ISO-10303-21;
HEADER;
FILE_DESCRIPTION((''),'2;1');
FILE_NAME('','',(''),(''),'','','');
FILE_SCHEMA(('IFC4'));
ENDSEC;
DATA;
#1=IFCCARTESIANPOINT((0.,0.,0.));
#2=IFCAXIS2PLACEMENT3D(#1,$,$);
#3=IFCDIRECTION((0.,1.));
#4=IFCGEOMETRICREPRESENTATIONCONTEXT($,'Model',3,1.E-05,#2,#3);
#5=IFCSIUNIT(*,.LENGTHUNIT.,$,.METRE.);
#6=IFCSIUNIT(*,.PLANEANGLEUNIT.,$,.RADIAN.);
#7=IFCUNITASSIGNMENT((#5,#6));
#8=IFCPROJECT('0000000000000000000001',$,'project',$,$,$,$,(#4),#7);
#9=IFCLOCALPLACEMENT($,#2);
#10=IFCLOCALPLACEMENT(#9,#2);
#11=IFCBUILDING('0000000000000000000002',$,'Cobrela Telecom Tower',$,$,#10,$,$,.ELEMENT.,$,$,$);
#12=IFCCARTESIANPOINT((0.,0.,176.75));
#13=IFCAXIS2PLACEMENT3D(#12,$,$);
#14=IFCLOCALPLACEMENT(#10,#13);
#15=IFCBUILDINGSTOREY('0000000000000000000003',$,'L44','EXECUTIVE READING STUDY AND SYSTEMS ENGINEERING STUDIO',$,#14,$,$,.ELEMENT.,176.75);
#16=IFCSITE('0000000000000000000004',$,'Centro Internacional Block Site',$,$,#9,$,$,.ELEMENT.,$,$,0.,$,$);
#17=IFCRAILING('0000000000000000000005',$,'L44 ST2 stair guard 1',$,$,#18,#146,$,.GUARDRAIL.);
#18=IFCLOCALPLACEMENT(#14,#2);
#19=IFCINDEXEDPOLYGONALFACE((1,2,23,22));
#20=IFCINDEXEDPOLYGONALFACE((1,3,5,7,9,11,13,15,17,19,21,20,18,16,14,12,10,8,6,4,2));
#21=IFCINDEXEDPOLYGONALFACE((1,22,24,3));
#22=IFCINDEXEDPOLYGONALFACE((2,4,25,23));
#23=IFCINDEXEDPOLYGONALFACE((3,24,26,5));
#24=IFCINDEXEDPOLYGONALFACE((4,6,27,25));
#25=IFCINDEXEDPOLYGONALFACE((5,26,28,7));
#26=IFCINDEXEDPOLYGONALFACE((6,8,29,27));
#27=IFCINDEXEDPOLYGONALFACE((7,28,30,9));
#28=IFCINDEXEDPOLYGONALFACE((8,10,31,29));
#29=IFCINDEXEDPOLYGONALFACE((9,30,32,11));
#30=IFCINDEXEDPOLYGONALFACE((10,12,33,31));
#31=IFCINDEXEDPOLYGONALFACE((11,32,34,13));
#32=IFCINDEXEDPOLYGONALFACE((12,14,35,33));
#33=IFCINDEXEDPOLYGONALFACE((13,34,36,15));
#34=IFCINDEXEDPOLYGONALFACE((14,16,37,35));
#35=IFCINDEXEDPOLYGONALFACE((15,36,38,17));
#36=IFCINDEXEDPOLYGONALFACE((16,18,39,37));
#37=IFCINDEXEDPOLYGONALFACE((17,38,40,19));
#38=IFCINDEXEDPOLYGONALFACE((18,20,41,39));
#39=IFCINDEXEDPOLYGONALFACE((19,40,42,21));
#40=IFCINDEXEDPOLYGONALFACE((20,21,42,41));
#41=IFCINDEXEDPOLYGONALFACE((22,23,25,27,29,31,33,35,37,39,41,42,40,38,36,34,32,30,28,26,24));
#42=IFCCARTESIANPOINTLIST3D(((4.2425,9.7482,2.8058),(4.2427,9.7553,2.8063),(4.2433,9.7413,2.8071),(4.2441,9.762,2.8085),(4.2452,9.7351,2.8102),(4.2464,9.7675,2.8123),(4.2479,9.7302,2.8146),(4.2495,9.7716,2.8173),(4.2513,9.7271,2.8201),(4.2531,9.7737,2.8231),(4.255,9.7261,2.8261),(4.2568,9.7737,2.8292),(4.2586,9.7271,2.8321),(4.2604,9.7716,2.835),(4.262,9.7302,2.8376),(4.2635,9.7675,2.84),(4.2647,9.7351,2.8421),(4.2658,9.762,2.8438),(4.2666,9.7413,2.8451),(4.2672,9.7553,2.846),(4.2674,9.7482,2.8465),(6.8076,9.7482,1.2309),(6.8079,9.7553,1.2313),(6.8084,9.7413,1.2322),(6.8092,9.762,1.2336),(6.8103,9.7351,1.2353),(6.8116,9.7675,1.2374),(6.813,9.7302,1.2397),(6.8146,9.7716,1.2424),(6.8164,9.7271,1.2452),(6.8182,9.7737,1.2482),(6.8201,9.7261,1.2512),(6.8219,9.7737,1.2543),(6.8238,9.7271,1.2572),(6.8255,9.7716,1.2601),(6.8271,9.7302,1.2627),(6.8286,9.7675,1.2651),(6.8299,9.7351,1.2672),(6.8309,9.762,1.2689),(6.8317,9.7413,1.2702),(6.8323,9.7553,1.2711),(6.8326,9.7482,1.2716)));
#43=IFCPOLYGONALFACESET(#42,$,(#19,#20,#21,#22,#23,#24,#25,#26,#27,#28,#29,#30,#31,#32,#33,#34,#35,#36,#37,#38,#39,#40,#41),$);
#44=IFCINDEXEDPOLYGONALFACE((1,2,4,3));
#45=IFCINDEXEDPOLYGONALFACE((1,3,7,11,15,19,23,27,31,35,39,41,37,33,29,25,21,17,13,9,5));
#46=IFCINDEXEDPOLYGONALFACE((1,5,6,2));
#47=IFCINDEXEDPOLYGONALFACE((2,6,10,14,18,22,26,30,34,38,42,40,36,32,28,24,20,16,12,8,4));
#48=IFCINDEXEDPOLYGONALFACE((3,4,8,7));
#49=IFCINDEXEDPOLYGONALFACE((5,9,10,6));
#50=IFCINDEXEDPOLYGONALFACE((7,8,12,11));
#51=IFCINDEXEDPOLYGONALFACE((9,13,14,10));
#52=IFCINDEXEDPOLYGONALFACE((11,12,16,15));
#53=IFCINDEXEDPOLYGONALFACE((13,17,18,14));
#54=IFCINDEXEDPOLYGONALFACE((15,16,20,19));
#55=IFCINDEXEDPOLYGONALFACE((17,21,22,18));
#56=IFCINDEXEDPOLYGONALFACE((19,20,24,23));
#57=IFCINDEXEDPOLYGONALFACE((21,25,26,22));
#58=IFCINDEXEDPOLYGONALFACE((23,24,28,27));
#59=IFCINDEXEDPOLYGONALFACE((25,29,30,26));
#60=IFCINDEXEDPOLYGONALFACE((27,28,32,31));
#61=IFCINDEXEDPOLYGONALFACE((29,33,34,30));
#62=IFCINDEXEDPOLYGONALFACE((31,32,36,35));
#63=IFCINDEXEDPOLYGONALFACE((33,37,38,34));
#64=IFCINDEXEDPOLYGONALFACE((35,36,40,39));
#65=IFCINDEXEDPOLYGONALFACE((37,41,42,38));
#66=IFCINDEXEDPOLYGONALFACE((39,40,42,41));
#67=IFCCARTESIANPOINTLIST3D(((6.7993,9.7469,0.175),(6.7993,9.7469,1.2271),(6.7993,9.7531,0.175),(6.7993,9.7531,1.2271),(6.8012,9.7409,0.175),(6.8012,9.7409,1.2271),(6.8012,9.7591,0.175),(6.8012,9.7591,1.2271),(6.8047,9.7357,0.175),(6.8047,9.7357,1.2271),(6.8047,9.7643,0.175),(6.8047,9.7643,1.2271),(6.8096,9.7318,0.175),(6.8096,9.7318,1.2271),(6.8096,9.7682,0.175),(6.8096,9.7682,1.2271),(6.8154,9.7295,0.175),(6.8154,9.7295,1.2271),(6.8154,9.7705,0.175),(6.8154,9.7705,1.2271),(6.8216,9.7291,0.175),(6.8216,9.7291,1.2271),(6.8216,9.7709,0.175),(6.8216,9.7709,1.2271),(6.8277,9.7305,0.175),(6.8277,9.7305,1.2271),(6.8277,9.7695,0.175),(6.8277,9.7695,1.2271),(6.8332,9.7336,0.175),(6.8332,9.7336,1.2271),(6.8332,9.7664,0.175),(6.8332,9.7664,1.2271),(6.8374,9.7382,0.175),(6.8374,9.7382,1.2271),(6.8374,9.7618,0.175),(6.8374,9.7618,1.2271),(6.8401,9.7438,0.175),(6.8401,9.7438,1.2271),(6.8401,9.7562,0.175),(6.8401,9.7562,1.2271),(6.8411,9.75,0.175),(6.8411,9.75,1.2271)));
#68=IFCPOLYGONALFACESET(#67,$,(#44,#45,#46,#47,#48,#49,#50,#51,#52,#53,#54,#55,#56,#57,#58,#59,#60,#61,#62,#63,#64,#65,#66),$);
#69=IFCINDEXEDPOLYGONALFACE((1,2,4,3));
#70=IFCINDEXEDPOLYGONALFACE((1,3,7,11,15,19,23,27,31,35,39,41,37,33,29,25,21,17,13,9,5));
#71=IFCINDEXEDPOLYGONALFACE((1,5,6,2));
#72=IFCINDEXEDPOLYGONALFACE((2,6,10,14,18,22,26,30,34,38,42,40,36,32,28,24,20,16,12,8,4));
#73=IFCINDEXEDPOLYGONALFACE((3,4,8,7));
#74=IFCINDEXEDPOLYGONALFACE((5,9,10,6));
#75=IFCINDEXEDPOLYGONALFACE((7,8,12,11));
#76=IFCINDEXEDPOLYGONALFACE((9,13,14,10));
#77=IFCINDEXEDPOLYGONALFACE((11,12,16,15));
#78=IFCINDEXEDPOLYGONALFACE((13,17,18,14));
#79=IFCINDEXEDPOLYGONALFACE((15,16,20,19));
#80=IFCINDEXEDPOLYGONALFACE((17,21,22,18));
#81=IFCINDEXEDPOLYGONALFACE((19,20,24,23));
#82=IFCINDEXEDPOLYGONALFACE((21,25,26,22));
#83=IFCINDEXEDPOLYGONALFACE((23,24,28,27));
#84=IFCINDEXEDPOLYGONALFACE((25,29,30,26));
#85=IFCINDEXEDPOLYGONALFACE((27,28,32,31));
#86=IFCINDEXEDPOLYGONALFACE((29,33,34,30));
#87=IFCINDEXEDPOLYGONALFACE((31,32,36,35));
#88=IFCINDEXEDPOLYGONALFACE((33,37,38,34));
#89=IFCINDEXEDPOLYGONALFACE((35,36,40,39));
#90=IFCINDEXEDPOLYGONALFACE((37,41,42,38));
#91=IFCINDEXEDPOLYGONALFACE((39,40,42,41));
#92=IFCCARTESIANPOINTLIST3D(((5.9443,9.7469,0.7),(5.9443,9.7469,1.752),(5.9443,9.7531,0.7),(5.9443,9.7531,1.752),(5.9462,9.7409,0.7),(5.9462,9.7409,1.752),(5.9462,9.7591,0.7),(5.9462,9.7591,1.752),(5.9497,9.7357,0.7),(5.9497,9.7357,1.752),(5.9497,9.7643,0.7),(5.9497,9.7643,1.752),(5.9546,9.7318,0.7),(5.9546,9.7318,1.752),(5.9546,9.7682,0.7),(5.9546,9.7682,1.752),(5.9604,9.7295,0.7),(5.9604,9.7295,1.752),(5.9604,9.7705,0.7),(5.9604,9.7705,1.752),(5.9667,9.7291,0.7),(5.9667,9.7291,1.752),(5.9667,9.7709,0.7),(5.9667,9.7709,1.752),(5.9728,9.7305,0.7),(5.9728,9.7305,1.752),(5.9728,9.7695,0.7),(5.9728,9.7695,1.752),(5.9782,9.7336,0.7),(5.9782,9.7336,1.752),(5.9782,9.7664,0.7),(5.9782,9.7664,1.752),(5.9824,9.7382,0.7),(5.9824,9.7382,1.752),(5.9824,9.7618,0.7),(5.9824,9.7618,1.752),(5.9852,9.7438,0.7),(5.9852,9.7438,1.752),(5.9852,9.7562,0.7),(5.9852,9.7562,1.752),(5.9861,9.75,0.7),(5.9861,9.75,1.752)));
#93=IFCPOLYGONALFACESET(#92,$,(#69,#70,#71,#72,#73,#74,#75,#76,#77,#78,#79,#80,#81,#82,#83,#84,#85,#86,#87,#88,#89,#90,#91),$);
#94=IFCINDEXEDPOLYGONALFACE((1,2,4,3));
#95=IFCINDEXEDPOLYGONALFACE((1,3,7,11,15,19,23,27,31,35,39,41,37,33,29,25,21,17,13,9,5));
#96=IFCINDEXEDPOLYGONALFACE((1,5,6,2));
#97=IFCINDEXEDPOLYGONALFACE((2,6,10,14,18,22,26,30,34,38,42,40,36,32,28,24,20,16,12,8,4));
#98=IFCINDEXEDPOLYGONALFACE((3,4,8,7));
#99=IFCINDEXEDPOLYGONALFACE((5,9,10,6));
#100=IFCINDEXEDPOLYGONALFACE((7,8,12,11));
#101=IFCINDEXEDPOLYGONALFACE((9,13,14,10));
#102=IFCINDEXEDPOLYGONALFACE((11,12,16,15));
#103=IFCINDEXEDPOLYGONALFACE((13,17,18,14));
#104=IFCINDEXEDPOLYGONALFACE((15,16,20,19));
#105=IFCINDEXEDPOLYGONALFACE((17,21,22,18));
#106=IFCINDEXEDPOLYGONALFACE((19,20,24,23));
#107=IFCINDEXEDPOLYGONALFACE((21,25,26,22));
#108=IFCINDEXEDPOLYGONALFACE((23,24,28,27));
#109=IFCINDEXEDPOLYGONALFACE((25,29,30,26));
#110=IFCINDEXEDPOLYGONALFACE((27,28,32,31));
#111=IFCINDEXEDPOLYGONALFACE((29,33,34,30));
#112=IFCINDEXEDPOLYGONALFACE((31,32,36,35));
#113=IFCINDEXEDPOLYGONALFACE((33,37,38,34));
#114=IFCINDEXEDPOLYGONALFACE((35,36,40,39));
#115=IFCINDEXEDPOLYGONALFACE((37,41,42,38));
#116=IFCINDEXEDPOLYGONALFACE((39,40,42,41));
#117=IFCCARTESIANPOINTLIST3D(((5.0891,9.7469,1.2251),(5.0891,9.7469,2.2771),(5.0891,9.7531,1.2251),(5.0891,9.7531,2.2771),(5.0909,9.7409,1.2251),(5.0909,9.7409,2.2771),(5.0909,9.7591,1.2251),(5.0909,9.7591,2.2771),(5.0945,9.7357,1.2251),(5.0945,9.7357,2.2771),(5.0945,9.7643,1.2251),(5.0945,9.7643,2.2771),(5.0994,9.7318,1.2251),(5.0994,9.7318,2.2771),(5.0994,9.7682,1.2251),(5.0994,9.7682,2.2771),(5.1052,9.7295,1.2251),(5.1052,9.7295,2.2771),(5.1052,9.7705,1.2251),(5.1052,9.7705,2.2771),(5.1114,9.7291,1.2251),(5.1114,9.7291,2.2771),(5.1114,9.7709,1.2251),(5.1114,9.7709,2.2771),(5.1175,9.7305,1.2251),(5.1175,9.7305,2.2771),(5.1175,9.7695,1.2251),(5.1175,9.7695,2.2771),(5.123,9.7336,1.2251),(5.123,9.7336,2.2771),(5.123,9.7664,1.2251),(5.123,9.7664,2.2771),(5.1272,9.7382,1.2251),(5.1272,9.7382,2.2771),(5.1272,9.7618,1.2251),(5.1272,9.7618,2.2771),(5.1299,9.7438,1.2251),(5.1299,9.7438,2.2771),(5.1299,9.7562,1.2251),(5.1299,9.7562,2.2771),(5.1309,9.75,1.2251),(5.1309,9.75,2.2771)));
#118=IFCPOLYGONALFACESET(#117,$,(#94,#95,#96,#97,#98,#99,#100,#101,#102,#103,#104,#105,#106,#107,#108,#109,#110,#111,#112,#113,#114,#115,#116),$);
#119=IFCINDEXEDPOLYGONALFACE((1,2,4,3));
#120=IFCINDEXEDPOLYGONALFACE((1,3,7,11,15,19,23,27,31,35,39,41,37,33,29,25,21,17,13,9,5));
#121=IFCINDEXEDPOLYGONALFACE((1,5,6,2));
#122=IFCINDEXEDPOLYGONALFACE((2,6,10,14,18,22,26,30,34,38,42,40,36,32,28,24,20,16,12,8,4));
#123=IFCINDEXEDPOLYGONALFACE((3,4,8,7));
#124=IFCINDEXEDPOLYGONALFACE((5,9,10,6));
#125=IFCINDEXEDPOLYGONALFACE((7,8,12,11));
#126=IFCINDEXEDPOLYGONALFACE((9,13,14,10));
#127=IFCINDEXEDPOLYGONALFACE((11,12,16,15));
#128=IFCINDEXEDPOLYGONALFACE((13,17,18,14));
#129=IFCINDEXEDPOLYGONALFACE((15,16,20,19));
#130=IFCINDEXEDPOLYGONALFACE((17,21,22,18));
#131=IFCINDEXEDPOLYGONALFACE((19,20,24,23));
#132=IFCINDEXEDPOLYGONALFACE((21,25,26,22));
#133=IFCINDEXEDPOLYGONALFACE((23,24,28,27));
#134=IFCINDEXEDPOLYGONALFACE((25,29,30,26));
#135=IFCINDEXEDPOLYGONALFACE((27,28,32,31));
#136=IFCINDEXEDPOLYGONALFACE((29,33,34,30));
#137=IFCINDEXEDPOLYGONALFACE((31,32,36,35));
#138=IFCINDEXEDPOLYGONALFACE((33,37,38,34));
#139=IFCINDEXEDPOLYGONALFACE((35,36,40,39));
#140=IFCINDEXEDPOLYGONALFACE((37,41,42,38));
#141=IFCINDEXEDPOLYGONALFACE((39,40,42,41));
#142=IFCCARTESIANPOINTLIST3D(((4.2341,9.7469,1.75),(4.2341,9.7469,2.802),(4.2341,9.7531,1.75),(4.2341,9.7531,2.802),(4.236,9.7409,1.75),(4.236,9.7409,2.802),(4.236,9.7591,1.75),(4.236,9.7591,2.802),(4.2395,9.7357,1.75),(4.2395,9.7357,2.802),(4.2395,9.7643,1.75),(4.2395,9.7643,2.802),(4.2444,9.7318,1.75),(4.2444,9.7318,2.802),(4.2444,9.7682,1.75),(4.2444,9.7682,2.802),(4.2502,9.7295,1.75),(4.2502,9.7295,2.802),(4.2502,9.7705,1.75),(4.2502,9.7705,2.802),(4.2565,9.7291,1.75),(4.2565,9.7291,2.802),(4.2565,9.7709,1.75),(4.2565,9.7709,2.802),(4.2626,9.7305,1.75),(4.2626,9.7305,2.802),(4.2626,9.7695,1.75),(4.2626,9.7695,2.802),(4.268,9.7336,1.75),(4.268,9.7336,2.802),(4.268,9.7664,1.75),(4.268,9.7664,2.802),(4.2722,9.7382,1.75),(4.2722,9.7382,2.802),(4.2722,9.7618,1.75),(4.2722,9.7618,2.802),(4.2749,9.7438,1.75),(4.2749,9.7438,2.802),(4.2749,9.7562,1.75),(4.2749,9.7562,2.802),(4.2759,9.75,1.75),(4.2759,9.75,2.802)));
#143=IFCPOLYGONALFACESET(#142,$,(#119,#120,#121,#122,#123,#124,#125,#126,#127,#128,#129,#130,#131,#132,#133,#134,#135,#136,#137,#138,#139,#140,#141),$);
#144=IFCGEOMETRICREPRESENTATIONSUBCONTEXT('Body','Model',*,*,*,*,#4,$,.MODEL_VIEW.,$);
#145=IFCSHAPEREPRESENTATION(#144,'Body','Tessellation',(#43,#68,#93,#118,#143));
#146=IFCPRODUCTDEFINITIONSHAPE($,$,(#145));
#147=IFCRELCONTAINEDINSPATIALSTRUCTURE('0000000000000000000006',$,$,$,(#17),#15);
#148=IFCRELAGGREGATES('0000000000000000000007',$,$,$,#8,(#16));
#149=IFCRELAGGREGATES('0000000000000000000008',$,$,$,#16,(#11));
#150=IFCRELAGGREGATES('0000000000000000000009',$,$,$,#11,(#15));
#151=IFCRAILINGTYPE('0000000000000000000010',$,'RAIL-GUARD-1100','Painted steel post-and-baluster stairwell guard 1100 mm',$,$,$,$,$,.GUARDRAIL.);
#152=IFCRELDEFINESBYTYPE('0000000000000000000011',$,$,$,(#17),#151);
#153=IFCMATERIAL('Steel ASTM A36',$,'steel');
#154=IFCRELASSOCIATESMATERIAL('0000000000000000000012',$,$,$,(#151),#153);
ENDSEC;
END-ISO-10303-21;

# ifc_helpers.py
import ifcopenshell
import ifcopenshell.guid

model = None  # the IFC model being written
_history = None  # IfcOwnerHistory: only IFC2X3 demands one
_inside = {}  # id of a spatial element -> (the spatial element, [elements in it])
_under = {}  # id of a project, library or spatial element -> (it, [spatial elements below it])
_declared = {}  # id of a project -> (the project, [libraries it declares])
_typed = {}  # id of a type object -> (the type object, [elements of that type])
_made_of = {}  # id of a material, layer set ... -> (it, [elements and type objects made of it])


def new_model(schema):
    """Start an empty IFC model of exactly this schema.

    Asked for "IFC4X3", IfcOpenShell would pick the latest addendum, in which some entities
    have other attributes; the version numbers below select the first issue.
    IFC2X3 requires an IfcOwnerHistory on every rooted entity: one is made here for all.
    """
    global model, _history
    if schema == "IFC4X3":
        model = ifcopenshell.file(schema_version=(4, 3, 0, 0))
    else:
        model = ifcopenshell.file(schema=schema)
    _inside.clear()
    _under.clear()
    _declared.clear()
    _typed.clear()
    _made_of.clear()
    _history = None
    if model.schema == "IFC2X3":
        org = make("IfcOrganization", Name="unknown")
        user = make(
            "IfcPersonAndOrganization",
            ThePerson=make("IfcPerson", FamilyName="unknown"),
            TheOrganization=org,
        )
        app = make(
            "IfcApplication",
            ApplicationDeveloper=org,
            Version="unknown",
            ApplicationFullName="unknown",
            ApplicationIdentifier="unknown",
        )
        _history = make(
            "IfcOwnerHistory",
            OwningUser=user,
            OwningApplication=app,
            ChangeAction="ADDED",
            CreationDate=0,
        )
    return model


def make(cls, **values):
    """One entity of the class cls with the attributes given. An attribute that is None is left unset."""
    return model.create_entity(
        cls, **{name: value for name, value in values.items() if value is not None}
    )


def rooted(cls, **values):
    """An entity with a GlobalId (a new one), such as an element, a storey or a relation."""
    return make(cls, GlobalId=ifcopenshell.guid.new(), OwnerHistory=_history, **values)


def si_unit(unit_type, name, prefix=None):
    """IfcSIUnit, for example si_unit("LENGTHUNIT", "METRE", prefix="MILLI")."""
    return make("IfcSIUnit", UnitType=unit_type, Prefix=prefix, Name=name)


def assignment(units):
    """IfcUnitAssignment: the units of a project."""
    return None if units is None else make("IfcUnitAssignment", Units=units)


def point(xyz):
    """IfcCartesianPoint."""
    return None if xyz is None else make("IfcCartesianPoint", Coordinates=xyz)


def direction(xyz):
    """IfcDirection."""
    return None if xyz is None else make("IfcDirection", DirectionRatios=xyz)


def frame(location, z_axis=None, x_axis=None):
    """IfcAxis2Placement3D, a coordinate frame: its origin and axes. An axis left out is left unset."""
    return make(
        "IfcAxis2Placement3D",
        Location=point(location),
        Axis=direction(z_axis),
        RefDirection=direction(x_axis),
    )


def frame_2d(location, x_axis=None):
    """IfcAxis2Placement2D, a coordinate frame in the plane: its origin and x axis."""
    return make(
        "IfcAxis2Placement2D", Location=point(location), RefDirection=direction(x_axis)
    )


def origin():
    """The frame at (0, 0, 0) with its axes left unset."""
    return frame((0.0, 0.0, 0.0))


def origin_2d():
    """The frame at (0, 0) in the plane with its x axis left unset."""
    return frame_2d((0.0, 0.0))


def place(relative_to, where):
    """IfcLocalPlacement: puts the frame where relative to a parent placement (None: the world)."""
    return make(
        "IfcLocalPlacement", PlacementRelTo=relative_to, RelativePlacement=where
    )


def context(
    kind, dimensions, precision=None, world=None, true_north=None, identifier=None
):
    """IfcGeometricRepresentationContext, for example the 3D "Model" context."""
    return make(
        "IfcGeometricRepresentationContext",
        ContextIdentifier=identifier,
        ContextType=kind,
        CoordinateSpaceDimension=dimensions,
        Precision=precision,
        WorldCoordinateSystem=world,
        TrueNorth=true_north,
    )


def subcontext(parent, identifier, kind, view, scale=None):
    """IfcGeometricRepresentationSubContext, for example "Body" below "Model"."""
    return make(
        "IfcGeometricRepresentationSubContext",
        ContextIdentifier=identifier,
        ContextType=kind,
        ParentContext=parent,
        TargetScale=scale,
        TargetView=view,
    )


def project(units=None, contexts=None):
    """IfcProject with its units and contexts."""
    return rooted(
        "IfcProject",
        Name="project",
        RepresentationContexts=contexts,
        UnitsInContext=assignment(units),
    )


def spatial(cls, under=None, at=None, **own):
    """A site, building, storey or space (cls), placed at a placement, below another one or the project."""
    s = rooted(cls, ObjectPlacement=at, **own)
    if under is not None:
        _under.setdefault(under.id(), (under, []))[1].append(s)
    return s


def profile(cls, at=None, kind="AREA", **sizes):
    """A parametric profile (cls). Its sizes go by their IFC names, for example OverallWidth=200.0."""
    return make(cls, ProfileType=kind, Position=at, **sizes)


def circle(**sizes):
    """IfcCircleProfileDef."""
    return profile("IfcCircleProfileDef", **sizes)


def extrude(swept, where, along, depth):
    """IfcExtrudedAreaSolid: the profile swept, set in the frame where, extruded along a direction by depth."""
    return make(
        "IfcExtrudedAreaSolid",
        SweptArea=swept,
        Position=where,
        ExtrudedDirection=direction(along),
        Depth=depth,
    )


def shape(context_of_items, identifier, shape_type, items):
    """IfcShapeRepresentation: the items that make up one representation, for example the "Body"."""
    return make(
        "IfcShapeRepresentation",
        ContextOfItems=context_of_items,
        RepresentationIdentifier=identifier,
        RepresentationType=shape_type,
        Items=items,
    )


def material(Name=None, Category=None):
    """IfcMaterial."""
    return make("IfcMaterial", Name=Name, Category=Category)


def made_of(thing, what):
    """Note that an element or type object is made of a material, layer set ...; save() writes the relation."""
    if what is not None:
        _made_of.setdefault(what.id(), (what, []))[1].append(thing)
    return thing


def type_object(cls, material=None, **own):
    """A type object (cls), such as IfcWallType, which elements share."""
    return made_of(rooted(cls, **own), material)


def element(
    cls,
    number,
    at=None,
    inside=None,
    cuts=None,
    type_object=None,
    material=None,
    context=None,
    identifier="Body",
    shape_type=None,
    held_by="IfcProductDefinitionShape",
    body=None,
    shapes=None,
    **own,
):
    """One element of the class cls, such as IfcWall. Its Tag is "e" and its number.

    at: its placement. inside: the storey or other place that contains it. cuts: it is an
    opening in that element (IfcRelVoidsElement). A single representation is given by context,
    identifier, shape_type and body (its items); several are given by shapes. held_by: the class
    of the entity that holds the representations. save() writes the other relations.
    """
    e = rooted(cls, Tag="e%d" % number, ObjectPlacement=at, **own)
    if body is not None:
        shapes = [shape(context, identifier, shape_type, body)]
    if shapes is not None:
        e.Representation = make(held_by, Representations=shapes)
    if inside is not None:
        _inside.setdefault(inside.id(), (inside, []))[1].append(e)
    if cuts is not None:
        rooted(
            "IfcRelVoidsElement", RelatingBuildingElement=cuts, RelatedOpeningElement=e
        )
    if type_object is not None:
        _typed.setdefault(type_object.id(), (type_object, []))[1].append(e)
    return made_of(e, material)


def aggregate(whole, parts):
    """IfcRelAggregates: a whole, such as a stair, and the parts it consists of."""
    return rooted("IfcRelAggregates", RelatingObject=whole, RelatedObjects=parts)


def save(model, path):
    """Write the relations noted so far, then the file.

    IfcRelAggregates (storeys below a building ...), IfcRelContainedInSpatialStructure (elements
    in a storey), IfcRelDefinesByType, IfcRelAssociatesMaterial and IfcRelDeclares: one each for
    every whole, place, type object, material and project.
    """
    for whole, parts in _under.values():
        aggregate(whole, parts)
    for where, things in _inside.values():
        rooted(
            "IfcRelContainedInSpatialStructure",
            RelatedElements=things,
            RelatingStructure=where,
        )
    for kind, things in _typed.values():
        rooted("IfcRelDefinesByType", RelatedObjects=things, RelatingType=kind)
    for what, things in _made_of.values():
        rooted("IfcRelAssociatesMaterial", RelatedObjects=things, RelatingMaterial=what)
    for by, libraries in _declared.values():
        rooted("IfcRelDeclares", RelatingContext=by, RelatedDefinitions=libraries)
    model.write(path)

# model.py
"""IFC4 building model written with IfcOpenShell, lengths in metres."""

from ifc_helpers import new_model, si_unit, direction, frame, origin, origin_2d, place, context, subcontext, project, spatial, circle, extrude, material, type_object, element, save


model = new_model("IFC4")

# Units and contexts
model_context = context("Model", 3, precision=1e-05, world=origin(), true_north=direction((0.0, 1.0)))
body_context = subcontext(model_context, "Body", "Model", "MODEL_VIEW")
ifc_project = project(units=[si_unit("LENGTHUNIT", "METRE"), si_unit("PLANEANGLEUNIT", "RADIAN")], contexts=[model_context])

# Site, building, storey
site_placement = place(None, origin())
site = spatial("IfcSite", under=ifc_project, at=site_placement, Name="Centro Internacional Block Site", CompositionType="ELEMENT", RefElevation=0.0)
building_placement = place(site_placement, origin())
building = spatial("IfcBuilding", under=site, at=building_placement, Name="Cobrela Telecom Tower", CompositionType="ELEMENT")
storey_placement = place(building_placement, frame((0.0, 0.0, 176.75)))
storey = spatial("IfcBuildingStorey", under=building, at=storey_placement, Name="L44", Description="EXECUTIVE READING STUDY AND SYSTEMS ENGINEERING STUDIO", CompositionType="ELEMENT", Elevation=176.75)

# Shared definitions
ifc_material_1 = material(Name="Steel ASTM A36", Category="steel")

# Railing
railing_type = type_object("IfcRailingType", Name="RAIL-GUARD-1100", Description="Painted steel post-and-baluster stairwell guard 1100 mm", PredefinedType="GUARDRAIL", material=ifc_material_1)
railing_1_placement = place(storey_placement, frame((6.8201, 9.75, 0.175)))
element("IfcRailing", 1, at=railing_1_placement, inside=storey, type_object=railing_type, Name="L44 ST2 stair guard 1", PredefinedType="GUARDRAIL", context=body_context, shape_type="SweptSolid", body=[
    extrude(circle(Radius=0.0239, at=origin_2d()), frame((0.0, 0.0, 1.0762), z_axis=(-0.852195, 0.0, 0.523224), x_axis=(0.0, -1.0, 0.0)), (0.0, 0.0, 1.0), 3.01),
    extrude(circle(Radius=0.021, at=origin_2d()), origin(), (0.0, 0.0, 1.0), 1.052),
    extrude(circle(Radius=0.021, at=origin_2d()), frame((-0.855, 0.0, 0.5249)), (0.0, 0.0, 1.0), 1.052),
    extrude(circle(Radius=0.021, at=origin_2d()), frame((-1.7102, 0.0, 1.05)), (0.0, 0.0, 1.0), 1.052),
    extrude(circle(Radius=0.021, at=origin_2d()), frame((-2.5652, 0.0, 1.575)), (0.0, 0.0, 1.0), 1.052),
])

save(model, "model.ifc")
